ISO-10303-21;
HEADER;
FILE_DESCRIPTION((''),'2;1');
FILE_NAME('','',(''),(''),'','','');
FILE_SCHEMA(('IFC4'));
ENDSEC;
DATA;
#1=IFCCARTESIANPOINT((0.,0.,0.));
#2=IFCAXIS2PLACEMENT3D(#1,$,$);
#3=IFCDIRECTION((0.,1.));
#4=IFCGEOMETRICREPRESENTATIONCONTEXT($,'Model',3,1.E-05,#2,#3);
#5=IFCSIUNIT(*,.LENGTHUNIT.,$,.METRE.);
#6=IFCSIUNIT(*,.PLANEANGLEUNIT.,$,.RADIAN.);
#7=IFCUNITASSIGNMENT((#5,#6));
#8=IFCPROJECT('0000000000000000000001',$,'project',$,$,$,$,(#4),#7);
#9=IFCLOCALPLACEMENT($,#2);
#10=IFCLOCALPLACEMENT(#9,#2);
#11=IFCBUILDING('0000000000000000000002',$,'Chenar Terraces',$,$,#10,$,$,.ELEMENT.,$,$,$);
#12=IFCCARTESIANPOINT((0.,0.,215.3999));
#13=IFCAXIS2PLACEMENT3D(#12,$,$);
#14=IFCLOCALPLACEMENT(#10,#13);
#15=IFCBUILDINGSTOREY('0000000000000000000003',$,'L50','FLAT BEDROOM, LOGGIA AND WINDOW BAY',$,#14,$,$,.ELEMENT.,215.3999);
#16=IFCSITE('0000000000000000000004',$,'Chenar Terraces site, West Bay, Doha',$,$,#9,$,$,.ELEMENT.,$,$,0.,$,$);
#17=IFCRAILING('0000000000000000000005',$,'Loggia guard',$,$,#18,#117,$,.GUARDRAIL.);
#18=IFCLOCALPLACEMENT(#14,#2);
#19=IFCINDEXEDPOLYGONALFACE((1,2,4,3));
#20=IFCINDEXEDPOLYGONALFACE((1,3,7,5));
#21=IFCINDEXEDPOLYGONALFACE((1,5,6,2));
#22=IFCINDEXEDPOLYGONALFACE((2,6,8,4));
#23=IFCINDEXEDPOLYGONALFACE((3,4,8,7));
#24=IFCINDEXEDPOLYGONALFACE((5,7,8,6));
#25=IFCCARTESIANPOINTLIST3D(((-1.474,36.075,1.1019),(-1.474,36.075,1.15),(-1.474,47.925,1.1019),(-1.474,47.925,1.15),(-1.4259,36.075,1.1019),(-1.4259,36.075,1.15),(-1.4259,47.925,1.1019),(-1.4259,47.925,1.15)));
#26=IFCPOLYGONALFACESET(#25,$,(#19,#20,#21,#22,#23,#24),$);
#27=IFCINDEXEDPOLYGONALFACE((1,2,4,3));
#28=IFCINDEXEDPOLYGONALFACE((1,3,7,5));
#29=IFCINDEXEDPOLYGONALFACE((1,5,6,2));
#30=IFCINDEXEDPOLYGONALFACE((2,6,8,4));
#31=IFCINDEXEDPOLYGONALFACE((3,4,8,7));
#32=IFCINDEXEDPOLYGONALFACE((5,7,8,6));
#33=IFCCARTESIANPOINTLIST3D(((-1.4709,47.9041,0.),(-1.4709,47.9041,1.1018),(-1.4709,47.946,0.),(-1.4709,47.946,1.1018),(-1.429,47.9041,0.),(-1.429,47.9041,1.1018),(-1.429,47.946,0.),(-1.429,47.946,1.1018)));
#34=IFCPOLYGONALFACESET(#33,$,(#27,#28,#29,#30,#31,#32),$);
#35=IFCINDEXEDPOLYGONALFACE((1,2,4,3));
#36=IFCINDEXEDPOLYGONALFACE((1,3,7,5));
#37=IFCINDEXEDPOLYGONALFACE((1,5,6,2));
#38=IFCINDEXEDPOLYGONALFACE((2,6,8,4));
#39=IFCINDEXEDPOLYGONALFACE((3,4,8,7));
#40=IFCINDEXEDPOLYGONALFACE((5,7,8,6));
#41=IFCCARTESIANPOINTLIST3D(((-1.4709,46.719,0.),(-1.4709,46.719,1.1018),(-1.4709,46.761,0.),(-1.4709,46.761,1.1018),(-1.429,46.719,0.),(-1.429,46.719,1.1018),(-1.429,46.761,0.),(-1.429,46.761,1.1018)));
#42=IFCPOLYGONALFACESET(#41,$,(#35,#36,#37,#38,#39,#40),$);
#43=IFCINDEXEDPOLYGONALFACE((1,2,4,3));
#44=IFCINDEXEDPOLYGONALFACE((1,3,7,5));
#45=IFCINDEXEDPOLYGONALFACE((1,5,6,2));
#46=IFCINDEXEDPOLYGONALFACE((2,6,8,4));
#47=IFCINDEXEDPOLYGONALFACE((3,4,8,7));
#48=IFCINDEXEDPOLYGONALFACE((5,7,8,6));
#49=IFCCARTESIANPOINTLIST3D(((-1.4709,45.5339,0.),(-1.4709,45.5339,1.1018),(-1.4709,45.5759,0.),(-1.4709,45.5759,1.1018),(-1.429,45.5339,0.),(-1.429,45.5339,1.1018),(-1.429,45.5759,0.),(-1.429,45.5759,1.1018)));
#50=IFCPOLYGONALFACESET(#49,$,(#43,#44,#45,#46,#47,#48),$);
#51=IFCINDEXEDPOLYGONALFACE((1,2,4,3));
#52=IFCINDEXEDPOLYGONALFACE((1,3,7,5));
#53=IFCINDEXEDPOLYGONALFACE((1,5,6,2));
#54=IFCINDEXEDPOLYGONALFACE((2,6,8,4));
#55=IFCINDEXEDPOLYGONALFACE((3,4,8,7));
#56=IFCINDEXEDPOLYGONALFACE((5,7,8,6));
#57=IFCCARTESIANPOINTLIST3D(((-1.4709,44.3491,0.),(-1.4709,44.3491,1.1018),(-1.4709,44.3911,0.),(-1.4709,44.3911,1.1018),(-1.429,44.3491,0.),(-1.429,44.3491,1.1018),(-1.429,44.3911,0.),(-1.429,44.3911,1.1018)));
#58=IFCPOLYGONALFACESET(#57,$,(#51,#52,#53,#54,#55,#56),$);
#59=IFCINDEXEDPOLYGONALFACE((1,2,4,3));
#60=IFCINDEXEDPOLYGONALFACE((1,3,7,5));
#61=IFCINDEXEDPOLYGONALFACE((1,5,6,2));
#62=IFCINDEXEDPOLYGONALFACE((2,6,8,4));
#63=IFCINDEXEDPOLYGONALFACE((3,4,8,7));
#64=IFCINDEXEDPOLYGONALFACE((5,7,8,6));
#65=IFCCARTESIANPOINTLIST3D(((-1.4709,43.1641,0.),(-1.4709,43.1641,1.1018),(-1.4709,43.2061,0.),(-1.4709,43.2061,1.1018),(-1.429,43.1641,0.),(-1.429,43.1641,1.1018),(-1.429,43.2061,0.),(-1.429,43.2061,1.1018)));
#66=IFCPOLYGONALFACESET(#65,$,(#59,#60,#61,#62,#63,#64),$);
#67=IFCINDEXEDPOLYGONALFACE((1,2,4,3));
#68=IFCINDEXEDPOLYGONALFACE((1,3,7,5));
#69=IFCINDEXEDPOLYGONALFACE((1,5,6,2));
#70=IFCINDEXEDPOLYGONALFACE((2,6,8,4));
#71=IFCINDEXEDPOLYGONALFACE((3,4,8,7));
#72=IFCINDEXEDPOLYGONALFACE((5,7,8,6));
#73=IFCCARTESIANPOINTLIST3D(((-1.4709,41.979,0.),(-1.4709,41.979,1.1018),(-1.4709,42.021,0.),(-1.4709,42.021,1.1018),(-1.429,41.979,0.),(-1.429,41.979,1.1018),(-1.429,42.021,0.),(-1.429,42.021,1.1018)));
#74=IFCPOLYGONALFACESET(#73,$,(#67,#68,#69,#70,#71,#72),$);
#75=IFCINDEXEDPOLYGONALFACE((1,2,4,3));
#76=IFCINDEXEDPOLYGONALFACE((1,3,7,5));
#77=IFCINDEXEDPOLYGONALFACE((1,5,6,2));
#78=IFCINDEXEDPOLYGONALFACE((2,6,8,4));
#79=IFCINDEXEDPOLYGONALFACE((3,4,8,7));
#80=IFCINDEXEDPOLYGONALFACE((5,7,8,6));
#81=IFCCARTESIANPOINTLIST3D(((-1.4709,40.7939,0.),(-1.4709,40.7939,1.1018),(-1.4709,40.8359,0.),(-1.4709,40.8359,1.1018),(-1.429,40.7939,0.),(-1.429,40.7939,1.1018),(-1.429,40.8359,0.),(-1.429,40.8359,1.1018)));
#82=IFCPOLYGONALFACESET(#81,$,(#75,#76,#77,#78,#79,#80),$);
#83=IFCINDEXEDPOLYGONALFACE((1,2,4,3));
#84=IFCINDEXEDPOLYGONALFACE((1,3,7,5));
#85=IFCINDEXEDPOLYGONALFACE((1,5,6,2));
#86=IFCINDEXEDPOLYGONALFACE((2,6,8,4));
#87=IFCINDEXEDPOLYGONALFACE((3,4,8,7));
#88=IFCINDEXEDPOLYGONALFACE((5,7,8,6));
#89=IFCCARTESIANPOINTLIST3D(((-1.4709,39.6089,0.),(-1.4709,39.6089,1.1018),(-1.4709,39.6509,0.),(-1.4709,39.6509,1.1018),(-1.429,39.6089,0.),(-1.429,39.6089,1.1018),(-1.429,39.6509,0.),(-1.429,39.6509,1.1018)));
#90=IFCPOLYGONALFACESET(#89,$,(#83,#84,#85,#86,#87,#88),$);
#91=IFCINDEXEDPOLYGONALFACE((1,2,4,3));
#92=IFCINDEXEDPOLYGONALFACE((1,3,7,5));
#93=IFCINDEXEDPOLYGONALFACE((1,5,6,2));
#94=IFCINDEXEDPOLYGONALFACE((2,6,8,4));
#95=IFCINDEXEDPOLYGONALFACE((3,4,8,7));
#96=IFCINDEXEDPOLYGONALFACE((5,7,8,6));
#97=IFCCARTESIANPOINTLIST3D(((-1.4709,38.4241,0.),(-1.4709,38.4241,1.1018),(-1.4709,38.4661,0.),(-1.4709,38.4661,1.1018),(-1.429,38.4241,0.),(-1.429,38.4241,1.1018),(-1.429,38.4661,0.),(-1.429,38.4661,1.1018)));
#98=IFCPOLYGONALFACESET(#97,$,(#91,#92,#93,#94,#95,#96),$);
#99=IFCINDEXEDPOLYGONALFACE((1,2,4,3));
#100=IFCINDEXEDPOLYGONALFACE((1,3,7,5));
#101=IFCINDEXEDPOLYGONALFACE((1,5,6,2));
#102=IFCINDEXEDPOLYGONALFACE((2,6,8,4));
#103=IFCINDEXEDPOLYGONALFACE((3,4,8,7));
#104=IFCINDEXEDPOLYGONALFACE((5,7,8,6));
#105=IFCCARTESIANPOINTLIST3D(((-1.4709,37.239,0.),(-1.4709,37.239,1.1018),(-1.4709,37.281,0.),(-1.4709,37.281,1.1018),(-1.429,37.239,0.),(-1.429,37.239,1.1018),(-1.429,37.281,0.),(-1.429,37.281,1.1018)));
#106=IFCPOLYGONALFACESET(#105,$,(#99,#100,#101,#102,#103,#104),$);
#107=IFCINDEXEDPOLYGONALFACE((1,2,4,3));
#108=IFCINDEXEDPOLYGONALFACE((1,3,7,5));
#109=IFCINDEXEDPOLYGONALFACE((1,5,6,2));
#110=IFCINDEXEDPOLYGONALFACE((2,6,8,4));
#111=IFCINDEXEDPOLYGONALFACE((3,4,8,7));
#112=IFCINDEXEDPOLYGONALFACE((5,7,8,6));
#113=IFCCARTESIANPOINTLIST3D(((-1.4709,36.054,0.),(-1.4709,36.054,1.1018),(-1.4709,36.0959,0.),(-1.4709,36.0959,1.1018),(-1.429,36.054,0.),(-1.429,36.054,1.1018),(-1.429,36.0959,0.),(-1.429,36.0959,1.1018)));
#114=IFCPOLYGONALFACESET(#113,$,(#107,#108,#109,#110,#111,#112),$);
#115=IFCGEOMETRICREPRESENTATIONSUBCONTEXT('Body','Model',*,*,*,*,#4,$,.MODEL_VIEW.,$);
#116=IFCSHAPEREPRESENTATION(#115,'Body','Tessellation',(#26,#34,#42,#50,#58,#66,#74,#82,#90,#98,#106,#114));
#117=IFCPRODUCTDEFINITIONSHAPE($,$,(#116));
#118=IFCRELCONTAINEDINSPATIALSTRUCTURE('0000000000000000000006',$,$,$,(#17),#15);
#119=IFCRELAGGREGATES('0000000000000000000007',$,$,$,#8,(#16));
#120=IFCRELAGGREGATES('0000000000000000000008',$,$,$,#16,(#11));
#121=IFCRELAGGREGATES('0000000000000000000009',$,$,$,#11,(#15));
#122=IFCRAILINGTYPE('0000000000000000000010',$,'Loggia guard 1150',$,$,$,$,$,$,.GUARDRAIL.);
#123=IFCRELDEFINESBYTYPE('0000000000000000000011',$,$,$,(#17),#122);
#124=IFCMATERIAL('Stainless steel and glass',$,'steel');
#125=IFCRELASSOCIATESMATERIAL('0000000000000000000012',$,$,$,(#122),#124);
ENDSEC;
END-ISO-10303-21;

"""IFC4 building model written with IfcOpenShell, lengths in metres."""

from ifc_helpers import new_model, si_unit, direction, frame, origin, origin_2d, place, context, subcontext, project, spatial, rectangle, extrude, material, type_object, element, save


model = new_model("IFC4")

# Units and contexts
model_context = context("Model", 3, precision=1e-05, world=origin(), true_north=direction((0.0, 1.0)))
body_context = subcontext(model_context, "Body", "Model", "MODEL_VIEW")
ifc_project = project(units=[si_unit("LENGTHUNIT", "METRE"), si_unit("PLANEANGLEUNIT", "RADIAN")], contexts=[model_context])

# Site, building, storey
site_placement = place(None, origin())
site = spatial("IfcSite", under=ifc_project, at=site_placement, Name="Chenar Terraces site, West Bay, Doha", CompositionType="ELEMENT", RefElevation=0.0)
building_placement = place(site_placement, origin())
building = spatial("IfcBuilding", under=site, at=building_placement, Name="Chenar Terraces", CompositionType="ELEMENT")
storey_placement = place(building_placement, frame((0.0, 0.0, 215.3999)))
storey = spatial("IfcBuildingStorey", under=building, at=storey_placement, Name="L50", Description="FLAT BEDROOM, LOGGIA AND WINDOW BAY", CompositionType="ELEMENT", Elevation=215.3999)

# Railing
ifc_material_1 = material(Name="Stainless steel and glass", Category="steel")
railing_type = type_object("IfcRailingType", Name="Loggia guard 1150", PredefinedType="GUARDRAIL", material=ifc_material_1)
railing_placement = place(storey_placement, frame((-1.45, 47.925, 0.0)))
element("IfcRailing", 1, at=railing_placement, inside=storey, type_object=railing_type, Name="Loggia guard", PredefinedType="GUARDRAIL", context=body_context, shape_type="SweptSolid", body=[
    extrude(rectangle(XDim=0.0481, YDim=0.0481, at=origin_2d()), frame((0.0, 0.0, 1.126), z_axis=(0.0, -1.0, 0.0), x_axis=(1.0, 0.0, 0.0)), (0.0, 0.0, 1.0), 11.8501),
    extrude(rectangle(XDim=0.042, YDim=0.042, at=origin_2d()), origin(), (0.0, 0.0, 1.0), 1.1018),
    extrude(rectangle(XDim=0.042, YDim=0.042, at=origin_2d()), frame((0.0, -1.1851, 0.0)), (0.0, 0.0, 1.0), 1.1018),
    extrude(rectangle(XDim=0.042, YDim=0.042, at=origin_2d()), frame((0.0, -2.3701, 0.0)), (0.0, 0.0, 1.0), 1.1018),
    extrude(rectangle(XDim=0.042, YDim=0.042, at=origin_2d()), frame((0.0, -3.5549, 0.0)), (0.0, 0.0, 1.0), 1.1018),
    extrude(rectangle(XDim=0.042, YDim=0.042, at=origin_2d()), frame((0.0, -4.74, 0.0)), (0.0, 0.0, 1.0), 1.1018),
    extrude(rectangle(XDim=0.042, YDim=0.042, at=origin_2d()), frame((0.0, -5.925, 0.0)), (0.0, 0.0, 1.0), 1.1018),
    extrude(rectangle(XDim=0.042, YDim=0.042, at=origin_2d()), frame((0.0, -7.1101, 0.0)), (0.0, 0.0, 1.0), 1.1018),
    extrude(rectangle(XDim=0.042, YDim=0.042, at=origin_2d()), frame((0.0, -8.2952, 0.0)), (0.0, 0.0, 1.0), 1.1018),
    extrude(rectangle(XDim=0.042, YDim=0.042, at=origin_2d()), frame((0.0, -9.48, 0.0)), (0.0, 0.0, 1.0), 1.1018),
    extrude(rectangle(XDim=0.042, YDim=0.042, at=origin_2d()), frame((0.0, -10.665, 0.0)), (0.0, 0.0, 1.0), 1.1018),
    extrude(rectangle(XDim=0.042, YDim=0.042, at=origin_2d()), frame((0.0, -11.8501, 0.0)), (0.0, 0.0, 1.0), 1.1018),
])

save(model, "model.ifc")
